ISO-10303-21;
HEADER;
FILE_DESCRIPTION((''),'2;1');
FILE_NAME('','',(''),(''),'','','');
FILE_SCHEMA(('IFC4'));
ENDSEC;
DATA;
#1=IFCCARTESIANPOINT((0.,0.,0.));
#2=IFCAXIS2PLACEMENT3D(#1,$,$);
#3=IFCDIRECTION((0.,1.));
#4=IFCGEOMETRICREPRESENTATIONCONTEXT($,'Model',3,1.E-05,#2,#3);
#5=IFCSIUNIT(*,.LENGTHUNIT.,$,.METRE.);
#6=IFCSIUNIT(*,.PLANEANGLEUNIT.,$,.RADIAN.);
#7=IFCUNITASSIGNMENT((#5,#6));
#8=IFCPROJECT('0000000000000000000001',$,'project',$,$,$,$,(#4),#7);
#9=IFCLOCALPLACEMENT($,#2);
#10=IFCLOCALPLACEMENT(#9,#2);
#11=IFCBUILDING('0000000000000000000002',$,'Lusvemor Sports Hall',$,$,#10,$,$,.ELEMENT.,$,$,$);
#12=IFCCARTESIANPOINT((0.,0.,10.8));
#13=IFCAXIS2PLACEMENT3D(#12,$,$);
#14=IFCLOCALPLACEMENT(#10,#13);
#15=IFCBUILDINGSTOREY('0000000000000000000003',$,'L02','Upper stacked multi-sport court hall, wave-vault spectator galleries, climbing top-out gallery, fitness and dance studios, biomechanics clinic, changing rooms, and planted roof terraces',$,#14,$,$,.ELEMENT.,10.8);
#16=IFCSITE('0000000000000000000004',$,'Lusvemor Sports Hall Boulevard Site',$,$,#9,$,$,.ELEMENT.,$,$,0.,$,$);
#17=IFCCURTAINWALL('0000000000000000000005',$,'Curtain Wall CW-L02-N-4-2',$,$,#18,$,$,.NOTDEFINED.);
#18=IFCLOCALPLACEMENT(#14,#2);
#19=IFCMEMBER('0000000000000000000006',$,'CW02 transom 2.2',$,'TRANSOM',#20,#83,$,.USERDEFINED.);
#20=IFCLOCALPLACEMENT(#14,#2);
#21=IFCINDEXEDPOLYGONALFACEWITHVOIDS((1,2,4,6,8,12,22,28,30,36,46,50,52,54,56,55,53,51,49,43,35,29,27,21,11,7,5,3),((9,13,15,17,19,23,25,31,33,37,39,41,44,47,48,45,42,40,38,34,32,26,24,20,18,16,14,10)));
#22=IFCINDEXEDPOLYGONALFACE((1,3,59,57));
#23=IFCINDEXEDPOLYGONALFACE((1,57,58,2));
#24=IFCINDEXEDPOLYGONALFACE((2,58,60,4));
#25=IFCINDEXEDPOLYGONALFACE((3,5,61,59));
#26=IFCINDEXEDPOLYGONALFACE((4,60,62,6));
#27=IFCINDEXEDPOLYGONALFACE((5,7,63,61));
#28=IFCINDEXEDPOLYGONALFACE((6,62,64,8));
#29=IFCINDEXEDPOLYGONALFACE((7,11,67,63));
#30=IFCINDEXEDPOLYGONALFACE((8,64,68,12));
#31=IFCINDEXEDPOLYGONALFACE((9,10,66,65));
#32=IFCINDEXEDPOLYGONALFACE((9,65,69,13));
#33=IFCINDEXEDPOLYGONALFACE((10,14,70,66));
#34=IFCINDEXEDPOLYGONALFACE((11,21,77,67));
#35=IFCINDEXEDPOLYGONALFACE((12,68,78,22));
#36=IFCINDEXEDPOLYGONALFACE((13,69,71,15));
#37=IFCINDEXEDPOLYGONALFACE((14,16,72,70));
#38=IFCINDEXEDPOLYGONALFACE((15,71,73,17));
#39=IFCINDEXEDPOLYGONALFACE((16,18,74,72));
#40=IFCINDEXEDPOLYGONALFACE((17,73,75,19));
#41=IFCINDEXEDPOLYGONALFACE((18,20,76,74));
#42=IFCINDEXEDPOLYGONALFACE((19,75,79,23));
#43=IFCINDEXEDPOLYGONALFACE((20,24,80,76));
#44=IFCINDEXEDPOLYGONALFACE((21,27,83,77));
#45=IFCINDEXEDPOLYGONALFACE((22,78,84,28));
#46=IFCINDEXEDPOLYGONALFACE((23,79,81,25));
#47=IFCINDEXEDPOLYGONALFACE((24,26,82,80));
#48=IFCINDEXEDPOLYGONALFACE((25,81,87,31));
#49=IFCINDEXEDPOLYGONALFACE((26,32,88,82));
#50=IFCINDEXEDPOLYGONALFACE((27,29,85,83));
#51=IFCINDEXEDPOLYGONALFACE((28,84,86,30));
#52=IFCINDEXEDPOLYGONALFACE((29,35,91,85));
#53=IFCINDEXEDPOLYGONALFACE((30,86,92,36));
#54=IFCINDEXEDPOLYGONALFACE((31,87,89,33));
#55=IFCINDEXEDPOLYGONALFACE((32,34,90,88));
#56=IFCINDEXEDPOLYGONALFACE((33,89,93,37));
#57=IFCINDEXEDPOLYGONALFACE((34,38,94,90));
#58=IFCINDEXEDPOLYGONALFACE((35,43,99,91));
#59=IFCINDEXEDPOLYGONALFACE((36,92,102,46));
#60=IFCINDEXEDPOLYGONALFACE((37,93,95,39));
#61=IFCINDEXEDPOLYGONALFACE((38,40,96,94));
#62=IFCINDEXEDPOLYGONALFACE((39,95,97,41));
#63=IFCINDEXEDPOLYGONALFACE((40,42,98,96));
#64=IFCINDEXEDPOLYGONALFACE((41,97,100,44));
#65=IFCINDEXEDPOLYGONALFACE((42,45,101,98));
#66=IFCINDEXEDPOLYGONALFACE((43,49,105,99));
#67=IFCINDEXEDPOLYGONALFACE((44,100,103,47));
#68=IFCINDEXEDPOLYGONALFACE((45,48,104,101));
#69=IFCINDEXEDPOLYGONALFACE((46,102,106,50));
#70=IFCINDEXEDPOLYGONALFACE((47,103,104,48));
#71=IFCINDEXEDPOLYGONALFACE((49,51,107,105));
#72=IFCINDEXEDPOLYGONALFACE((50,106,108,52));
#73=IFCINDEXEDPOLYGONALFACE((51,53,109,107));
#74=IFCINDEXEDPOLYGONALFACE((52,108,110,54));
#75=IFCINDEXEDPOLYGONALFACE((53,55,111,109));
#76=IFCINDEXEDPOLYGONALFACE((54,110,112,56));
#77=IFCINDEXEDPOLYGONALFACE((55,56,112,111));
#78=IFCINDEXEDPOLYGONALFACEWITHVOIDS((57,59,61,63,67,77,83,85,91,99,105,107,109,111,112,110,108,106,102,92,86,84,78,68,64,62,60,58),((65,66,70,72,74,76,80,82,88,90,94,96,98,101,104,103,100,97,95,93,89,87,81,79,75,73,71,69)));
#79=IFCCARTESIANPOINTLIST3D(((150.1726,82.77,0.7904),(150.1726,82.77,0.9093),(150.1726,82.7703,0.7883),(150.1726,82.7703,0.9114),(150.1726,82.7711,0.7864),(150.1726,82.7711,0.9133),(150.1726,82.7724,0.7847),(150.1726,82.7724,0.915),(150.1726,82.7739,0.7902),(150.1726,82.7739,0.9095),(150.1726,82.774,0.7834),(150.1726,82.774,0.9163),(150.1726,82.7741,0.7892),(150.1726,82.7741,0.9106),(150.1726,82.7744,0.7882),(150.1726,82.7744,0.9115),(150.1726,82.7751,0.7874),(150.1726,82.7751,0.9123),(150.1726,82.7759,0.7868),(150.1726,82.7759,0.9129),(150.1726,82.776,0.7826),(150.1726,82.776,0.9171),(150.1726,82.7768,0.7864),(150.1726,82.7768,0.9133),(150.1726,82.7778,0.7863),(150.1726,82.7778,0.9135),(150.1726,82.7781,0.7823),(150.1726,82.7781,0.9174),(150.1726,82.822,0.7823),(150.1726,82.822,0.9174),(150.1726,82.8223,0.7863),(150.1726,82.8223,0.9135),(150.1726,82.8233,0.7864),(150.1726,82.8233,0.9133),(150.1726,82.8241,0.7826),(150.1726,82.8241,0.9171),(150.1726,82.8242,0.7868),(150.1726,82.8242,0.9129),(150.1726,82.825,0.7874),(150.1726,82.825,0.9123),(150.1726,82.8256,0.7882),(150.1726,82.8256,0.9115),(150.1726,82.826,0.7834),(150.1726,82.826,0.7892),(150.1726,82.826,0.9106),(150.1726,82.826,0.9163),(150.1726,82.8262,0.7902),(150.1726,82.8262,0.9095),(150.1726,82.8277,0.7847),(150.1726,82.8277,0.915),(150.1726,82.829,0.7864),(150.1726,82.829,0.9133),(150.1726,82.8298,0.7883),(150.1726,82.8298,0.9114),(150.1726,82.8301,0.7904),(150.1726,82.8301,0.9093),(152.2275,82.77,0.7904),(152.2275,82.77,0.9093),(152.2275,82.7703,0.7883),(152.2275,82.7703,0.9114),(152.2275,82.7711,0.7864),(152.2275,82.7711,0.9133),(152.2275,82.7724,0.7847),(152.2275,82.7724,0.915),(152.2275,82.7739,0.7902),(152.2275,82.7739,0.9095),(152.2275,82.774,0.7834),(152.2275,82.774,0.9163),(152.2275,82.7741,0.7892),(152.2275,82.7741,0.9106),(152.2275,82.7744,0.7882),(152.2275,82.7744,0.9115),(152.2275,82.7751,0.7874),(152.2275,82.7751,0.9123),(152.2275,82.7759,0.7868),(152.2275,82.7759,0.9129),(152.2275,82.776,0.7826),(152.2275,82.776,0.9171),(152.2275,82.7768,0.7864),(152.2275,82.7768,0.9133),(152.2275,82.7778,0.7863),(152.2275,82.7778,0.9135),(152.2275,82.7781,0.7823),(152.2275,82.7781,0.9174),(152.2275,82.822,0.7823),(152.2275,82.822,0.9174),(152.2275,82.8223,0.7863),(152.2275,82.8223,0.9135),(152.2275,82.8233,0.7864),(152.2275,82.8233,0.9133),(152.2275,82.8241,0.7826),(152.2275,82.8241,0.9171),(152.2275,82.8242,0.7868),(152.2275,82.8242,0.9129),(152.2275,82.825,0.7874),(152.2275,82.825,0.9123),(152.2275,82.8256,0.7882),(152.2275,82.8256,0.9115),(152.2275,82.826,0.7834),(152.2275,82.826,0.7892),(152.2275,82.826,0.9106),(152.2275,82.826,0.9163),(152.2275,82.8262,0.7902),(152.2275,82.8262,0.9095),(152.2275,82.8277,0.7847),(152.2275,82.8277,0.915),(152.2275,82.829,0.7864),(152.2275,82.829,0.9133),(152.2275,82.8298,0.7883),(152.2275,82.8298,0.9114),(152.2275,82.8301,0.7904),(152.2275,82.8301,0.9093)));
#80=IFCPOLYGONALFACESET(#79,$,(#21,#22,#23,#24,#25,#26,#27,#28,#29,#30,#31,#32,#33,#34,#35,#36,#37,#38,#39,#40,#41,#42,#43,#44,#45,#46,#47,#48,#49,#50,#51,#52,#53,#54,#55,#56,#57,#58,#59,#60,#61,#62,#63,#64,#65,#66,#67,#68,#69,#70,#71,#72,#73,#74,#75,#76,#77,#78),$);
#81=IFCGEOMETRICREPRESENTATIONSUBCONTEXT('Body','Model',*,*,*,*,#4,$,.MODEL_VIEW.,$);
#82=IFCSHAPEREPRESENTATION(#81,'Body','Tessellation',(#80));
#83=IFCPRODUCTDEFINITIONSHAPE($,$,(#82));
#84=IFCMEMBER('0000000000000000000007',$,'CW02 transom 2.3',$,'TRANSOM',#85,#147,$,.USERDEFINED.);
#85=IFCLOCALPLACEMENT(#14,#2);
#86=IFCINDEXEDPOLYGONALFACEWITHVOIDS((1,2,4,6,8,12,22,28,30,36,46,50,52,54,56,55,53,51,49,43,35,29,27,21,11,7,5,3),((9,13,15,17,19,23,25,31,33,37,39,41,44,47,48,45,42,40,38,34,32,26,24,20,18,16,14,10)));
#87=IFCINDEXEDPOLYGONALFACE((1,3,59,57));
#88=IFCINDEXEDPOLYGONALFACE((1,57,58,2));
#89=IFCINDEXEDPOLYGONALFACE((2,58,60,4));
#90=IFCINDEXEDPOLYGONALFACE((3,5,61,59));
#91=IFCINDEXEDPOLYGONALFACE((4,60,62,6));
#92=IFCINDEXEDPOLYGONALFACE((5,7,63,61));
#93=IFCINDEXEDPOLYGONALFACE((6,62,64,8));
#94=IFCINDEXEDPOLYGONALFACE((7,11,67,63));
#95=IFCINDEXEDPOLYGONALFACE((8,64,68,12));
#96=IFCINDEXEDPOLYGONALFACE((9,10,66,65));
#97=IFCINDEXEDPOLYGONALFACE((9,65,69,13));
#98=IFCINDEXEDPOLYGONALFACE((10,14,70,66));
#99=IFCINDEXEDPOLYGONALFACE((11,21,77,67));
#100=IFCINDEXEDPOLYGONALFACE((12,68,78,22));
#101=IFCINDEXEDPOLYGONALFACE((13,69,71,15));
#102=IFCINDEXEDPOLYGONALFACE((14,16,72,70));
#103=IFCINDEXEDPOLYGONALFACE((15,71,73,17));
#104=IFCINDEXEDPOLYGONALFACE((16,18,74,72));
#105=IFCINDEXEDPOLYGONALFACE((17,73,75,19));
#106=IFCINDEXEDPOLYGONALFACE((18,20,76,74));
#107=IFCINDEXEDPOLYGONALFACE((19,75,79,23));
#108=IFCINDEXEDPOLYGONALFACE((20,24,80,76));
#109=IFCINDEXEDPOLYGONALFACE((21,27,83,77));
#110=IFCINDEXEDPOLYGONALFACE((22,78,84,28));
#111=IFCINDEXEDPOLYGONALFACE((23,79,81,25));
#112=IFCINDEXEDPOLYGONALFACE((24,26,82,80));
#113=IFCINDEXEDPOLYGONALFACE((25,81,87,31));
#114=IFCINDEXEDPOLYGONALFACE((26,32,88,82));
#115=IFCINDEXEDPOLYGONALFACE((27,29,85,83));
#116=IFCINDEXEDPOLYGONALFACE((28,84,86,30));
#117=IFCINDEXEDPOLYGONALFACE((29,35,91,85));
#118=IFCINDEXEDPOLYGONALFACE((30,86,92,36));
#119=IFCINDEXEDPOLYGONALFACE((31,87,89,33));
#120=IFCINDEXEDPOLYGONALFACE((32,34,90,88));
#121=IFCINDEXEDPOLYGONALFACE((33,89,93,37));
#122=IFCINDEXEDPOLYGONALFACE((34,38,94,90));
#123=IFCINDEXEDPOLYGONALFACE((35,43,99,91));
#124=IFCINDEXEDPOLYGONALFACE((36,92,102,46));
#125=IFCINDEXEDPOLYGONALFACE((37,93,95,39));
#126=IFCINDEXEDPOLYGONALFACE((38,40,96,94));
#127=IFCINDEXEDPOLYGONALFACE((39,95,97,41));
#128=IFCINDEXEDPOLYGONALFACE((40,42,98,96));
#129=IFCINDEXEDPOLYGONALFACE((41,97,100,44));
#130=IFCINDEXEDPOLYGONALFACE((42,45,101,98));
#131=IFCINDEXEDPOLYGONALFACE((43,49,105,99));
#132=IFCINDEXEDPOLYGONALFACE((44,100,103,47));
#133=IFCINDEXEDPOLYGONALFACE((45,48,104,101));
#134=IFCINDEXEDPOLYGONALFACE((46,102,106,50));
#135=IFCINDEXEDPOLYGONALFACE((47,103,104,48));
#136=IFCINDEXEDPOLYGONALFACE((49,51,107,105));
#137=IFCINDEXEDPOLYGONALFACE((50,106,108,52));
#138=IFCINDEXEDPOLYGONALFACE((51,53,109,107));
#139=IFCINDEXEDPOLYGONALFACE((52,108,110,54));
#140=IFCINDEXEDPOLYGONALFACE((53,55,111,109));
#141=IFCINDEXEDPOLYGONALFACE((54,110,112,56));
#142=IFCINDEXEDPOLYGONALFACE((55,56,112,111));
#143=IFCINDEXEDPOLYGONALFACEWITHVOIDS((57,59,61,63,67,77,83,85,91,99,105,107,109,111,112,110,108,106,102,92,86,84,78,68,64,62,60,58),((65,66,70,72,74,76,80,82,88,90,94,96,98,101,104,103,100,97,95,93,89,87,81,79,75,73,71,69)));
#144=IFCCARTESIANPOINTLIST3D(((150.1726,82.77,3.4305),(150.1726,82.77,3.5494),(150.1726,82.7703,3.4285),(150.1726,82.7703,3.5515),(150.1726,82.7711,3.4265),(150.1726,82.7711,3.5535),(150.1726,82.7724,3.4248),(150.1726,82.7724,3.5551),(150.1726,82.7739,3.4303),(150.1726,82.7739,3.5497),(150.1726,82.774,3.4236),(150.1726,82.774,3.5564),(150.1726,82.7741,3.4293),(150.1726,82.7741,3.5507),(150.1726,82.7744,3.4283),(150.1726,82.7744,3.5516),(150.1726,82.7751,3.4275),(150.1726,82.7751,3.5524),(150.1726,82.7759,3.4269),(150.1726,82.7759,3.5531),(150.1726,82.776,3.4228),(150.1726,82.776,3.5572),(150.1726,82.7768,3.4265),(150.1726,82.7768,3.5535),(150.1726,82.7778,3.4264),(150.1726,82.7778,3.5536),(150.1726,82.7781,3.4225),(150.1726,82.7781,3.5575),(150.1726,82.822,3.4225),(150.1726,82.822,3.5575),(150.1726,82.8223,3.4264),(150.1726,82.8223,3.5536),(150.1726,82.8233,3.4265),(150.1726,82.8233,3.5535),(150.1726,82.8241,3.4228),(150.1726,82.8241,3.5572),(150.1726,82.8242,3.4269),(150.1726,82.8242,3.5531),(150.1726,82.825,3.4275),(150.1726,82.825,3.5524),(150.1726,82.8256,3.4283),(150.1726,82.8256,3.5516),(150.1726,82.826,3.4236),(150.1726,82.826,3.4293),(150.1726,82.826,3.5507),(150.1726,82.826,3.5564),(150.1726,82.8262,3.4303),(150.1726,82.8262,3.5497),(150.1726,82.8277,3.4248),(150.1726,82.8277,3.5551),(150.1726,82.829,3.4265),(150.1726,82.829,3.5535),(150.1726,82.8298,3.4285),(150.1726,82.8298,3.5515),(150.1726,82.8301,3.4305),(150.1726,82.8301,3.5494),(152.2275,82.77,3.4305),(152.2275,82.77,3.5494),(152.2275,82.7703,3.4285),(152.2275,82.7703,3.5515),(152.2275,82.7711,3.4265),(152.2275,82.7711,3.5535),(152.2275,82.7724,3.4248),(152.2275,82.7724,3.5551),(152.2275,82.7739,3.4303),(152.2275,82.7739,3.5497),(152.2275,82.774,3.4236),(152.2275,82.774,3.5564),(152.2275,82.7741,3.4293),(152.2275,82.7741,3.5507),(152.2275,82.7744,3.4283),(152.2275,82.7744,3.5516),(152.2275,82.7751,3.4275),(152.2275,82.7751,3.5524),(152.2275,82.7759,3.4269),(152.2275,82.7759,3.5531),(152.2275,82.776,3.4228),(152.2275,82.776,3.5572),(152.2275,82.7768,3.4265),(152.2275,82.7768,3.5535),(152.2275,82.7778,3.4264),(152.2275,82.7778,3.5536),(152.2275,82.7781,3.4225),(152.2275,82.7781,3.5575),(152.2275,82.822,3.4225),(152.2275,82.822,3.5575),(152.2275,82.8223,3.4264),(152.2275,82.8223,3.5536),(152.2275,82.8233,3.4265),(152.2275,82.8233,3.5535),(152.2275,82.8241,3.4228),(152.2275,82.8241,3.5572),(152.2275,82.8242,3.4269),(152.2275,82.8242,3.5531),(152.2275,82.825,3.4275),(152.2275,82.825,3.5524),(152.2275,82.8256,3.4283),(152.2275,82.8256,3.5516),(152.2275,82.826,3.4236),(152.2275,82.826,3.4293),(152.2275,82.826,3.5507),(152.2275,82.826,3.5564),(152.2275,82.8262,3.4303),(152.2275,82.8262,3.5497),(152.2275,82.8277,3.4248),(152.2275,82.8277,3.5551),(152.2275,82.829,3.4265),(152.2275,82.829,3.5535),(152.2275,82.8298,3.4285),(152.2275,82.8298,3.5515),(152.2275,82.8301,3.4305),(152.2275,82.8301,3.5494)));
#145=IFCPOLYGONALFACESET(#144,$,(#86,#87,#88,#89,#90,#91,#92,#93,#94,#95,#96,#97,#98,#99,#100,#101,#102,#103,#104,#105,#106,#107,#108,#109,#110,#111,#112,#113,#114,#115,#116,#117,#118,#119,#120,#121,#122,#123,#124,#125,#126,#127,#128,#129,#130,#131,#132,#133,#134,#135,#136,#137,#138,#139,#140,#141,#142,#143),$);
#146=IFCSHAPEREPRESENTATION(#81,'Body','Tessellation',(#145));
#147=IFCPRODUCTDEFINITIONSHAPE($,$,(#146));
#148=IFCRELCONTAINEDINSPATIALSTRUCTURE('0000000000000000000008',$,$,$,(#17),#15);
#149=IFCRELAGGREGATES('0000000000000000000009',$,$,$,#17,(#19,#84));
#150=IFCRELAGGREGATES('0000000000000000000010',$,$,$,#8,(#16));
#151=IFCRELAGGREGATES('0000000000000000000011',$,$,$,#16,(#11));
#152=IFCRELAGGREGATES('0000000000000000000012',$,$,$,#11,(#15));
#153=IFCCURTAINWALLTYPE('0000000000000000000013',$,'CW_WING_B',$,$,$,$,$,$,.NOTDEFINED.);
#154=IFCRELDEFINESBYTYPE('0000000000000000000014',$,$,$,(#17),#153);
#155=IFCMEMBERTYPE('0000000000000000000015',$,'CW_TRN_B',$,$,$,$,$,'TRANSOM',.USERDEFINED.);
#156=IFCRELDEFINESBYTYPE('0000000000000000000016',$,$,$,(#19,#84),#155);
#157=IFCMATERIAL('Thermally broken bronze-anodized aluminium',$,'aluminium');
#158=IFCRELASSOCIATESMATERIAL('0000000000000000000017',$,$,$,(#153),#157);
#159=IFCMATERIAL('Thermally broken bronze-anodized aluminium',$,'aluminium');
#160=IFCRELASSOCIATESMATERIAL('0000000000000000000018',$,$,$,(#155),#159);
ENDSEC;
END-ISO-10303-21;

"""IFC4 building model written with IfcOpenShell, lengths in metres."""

from ifc_helpers import new_model, si_unit, direction, frame, origin, origin_2d, place, context, subcontext, project, spatial, hollow_rectangle, extrude, material, material_profile, profile_set, type_object, element, aggregate, save


model = new_model("IFC4")

# Units and contexts
model_context = context("Model", 3, precision=1e-05, world=origin(), true_north=direction((0.0, 1.0)))
body_context = subcontext(model_context, "Body", "Model", "MODEL_VIEW")
ifc_project = project(units=[si_unit("LENGTHUNIT", "METRE"), si_unit("PLANEANGLEUNIT", "RADIAN")], contexts=[model_context])

# Site, building, storey
site_placement = place(None, origin())
site = spatial("IfcSite", under=ifc_project, at=site_placement, Name="Lusvemor Sports Hall Boulevard Site", CompositionType="ELEMENT", RefElevation=0.0)
building_placement = place(site_placement, origin())
building = spatial("IfcBuilding", under=site, at=building_placement, Name="Lusvemor Sports Hall", CompositionType="ELEMENT")
storey_placement = place(building_placement, frame((0.0, 0.0, 10.8)))
storey = spatial("IfcBuildingStorey", under=building, at=storey_placement, Name="L02", Description="Upper stacked multi-sport court hall, wave-vault spectator galleries, climbing top-out gallery, fitness and dance studios, biomechanics clinic, changing rooms, and planted roof terraces", CompositionType="ELEMENT", Elevation=10.8)

# Curtain wall, members
ifc_material_1 = material(Name="Thermally broken bronze-anodized aluminium", Category="aluminium")
curtain_wall_type = type_object("IfcCurtainWallType", Name="CW_WING_B", PredefinedType="NOTDEFINED", material=ifc_material_1)
curtain_wall_placement = place(storey_placement, origin())
curtain_wall = element("IfcCurtainWall", 1, at=curtain_wall_placement, inside=storey, type_object=curtain_wall_type, Name="Curtain Wall CW-L02-N-4-2", PredefinedType="NOTDEFINED")
ifc_material_2 = material(Name="Thermally broken bronze-anodized aluminium", Category="aluminium")
ifc_material_profile_1 = material_profile(ifc_material_2, hollow_rectangle(XDim=0.0601, YDim=0.135, WallThickness=0.0039, InnerFilletRadius=0.0039, OuterFilletRadius=0.0081, at=origin_2d()), Name="CWTRN135x60x4")
ifc_profile_set_1 = profile_set([ifc_material_profile_1], Name="Thermally broken bronze-anodized aluminium")
member_type_1 = type_object("IfcMemberType", Name="CW_TRN_B", ElementType="TRANSOM", PredefinedType="USERDEFINED", material=ifc_profile_set_1)
member_1_placement = place(storey_placement, frame((150.1726, 82.8, 0.8499), z_axis=(1.0, 0.0, 0.0), x_axis=(0.0, 1.0, 0.0)))
member_1 = element("IfcMember", 2, at=member_1_placement, type_object=member_type_1, Name="CW02 transom 2.2", ObjectType="TRANSOM", PredefinedType="USERDEFINED", context=body_context, shape_type="SweptSolid", body=[
    extrude(hollow_rectangle(XDim=0.0601, YDim=0.135, WallThickness=0.0039, InnerFilletRadius=0.0039, OuterFilletRadius=0.0081, at=origin_2d()), origin(), (0.0, 0.0, 1.0), 2.0549),
])
member_2_placement = place(storey_placement, frame((150.1726, 82.8, 3.49), z_axis=(1.0, 0.0, 0.0), x_axis=(0.0, 1.0, 0.0)))
member_2 = element("IfcMember", 3, at=member_2_placement, type_object=member_type_1, Name="CW02 transom 2.3", ObjectType="TRANSOM", PredefinedType="USERDEFINED", context=body_context, shape_type="SweptSolid", body=[
    extrude(hollow_rectangle(XDim=0.0601, YDim=0.135, WallThickness=0.0039, InnerFilletRadius=0.0039, OuterFilletRadius=0.0081, at=origin_2d()), origin(), (0.0, 0.0, 1.0), 2.0549),
])

aggregate(curtain_wall, [member_1, member_2])

save(model, "model.ifc")
